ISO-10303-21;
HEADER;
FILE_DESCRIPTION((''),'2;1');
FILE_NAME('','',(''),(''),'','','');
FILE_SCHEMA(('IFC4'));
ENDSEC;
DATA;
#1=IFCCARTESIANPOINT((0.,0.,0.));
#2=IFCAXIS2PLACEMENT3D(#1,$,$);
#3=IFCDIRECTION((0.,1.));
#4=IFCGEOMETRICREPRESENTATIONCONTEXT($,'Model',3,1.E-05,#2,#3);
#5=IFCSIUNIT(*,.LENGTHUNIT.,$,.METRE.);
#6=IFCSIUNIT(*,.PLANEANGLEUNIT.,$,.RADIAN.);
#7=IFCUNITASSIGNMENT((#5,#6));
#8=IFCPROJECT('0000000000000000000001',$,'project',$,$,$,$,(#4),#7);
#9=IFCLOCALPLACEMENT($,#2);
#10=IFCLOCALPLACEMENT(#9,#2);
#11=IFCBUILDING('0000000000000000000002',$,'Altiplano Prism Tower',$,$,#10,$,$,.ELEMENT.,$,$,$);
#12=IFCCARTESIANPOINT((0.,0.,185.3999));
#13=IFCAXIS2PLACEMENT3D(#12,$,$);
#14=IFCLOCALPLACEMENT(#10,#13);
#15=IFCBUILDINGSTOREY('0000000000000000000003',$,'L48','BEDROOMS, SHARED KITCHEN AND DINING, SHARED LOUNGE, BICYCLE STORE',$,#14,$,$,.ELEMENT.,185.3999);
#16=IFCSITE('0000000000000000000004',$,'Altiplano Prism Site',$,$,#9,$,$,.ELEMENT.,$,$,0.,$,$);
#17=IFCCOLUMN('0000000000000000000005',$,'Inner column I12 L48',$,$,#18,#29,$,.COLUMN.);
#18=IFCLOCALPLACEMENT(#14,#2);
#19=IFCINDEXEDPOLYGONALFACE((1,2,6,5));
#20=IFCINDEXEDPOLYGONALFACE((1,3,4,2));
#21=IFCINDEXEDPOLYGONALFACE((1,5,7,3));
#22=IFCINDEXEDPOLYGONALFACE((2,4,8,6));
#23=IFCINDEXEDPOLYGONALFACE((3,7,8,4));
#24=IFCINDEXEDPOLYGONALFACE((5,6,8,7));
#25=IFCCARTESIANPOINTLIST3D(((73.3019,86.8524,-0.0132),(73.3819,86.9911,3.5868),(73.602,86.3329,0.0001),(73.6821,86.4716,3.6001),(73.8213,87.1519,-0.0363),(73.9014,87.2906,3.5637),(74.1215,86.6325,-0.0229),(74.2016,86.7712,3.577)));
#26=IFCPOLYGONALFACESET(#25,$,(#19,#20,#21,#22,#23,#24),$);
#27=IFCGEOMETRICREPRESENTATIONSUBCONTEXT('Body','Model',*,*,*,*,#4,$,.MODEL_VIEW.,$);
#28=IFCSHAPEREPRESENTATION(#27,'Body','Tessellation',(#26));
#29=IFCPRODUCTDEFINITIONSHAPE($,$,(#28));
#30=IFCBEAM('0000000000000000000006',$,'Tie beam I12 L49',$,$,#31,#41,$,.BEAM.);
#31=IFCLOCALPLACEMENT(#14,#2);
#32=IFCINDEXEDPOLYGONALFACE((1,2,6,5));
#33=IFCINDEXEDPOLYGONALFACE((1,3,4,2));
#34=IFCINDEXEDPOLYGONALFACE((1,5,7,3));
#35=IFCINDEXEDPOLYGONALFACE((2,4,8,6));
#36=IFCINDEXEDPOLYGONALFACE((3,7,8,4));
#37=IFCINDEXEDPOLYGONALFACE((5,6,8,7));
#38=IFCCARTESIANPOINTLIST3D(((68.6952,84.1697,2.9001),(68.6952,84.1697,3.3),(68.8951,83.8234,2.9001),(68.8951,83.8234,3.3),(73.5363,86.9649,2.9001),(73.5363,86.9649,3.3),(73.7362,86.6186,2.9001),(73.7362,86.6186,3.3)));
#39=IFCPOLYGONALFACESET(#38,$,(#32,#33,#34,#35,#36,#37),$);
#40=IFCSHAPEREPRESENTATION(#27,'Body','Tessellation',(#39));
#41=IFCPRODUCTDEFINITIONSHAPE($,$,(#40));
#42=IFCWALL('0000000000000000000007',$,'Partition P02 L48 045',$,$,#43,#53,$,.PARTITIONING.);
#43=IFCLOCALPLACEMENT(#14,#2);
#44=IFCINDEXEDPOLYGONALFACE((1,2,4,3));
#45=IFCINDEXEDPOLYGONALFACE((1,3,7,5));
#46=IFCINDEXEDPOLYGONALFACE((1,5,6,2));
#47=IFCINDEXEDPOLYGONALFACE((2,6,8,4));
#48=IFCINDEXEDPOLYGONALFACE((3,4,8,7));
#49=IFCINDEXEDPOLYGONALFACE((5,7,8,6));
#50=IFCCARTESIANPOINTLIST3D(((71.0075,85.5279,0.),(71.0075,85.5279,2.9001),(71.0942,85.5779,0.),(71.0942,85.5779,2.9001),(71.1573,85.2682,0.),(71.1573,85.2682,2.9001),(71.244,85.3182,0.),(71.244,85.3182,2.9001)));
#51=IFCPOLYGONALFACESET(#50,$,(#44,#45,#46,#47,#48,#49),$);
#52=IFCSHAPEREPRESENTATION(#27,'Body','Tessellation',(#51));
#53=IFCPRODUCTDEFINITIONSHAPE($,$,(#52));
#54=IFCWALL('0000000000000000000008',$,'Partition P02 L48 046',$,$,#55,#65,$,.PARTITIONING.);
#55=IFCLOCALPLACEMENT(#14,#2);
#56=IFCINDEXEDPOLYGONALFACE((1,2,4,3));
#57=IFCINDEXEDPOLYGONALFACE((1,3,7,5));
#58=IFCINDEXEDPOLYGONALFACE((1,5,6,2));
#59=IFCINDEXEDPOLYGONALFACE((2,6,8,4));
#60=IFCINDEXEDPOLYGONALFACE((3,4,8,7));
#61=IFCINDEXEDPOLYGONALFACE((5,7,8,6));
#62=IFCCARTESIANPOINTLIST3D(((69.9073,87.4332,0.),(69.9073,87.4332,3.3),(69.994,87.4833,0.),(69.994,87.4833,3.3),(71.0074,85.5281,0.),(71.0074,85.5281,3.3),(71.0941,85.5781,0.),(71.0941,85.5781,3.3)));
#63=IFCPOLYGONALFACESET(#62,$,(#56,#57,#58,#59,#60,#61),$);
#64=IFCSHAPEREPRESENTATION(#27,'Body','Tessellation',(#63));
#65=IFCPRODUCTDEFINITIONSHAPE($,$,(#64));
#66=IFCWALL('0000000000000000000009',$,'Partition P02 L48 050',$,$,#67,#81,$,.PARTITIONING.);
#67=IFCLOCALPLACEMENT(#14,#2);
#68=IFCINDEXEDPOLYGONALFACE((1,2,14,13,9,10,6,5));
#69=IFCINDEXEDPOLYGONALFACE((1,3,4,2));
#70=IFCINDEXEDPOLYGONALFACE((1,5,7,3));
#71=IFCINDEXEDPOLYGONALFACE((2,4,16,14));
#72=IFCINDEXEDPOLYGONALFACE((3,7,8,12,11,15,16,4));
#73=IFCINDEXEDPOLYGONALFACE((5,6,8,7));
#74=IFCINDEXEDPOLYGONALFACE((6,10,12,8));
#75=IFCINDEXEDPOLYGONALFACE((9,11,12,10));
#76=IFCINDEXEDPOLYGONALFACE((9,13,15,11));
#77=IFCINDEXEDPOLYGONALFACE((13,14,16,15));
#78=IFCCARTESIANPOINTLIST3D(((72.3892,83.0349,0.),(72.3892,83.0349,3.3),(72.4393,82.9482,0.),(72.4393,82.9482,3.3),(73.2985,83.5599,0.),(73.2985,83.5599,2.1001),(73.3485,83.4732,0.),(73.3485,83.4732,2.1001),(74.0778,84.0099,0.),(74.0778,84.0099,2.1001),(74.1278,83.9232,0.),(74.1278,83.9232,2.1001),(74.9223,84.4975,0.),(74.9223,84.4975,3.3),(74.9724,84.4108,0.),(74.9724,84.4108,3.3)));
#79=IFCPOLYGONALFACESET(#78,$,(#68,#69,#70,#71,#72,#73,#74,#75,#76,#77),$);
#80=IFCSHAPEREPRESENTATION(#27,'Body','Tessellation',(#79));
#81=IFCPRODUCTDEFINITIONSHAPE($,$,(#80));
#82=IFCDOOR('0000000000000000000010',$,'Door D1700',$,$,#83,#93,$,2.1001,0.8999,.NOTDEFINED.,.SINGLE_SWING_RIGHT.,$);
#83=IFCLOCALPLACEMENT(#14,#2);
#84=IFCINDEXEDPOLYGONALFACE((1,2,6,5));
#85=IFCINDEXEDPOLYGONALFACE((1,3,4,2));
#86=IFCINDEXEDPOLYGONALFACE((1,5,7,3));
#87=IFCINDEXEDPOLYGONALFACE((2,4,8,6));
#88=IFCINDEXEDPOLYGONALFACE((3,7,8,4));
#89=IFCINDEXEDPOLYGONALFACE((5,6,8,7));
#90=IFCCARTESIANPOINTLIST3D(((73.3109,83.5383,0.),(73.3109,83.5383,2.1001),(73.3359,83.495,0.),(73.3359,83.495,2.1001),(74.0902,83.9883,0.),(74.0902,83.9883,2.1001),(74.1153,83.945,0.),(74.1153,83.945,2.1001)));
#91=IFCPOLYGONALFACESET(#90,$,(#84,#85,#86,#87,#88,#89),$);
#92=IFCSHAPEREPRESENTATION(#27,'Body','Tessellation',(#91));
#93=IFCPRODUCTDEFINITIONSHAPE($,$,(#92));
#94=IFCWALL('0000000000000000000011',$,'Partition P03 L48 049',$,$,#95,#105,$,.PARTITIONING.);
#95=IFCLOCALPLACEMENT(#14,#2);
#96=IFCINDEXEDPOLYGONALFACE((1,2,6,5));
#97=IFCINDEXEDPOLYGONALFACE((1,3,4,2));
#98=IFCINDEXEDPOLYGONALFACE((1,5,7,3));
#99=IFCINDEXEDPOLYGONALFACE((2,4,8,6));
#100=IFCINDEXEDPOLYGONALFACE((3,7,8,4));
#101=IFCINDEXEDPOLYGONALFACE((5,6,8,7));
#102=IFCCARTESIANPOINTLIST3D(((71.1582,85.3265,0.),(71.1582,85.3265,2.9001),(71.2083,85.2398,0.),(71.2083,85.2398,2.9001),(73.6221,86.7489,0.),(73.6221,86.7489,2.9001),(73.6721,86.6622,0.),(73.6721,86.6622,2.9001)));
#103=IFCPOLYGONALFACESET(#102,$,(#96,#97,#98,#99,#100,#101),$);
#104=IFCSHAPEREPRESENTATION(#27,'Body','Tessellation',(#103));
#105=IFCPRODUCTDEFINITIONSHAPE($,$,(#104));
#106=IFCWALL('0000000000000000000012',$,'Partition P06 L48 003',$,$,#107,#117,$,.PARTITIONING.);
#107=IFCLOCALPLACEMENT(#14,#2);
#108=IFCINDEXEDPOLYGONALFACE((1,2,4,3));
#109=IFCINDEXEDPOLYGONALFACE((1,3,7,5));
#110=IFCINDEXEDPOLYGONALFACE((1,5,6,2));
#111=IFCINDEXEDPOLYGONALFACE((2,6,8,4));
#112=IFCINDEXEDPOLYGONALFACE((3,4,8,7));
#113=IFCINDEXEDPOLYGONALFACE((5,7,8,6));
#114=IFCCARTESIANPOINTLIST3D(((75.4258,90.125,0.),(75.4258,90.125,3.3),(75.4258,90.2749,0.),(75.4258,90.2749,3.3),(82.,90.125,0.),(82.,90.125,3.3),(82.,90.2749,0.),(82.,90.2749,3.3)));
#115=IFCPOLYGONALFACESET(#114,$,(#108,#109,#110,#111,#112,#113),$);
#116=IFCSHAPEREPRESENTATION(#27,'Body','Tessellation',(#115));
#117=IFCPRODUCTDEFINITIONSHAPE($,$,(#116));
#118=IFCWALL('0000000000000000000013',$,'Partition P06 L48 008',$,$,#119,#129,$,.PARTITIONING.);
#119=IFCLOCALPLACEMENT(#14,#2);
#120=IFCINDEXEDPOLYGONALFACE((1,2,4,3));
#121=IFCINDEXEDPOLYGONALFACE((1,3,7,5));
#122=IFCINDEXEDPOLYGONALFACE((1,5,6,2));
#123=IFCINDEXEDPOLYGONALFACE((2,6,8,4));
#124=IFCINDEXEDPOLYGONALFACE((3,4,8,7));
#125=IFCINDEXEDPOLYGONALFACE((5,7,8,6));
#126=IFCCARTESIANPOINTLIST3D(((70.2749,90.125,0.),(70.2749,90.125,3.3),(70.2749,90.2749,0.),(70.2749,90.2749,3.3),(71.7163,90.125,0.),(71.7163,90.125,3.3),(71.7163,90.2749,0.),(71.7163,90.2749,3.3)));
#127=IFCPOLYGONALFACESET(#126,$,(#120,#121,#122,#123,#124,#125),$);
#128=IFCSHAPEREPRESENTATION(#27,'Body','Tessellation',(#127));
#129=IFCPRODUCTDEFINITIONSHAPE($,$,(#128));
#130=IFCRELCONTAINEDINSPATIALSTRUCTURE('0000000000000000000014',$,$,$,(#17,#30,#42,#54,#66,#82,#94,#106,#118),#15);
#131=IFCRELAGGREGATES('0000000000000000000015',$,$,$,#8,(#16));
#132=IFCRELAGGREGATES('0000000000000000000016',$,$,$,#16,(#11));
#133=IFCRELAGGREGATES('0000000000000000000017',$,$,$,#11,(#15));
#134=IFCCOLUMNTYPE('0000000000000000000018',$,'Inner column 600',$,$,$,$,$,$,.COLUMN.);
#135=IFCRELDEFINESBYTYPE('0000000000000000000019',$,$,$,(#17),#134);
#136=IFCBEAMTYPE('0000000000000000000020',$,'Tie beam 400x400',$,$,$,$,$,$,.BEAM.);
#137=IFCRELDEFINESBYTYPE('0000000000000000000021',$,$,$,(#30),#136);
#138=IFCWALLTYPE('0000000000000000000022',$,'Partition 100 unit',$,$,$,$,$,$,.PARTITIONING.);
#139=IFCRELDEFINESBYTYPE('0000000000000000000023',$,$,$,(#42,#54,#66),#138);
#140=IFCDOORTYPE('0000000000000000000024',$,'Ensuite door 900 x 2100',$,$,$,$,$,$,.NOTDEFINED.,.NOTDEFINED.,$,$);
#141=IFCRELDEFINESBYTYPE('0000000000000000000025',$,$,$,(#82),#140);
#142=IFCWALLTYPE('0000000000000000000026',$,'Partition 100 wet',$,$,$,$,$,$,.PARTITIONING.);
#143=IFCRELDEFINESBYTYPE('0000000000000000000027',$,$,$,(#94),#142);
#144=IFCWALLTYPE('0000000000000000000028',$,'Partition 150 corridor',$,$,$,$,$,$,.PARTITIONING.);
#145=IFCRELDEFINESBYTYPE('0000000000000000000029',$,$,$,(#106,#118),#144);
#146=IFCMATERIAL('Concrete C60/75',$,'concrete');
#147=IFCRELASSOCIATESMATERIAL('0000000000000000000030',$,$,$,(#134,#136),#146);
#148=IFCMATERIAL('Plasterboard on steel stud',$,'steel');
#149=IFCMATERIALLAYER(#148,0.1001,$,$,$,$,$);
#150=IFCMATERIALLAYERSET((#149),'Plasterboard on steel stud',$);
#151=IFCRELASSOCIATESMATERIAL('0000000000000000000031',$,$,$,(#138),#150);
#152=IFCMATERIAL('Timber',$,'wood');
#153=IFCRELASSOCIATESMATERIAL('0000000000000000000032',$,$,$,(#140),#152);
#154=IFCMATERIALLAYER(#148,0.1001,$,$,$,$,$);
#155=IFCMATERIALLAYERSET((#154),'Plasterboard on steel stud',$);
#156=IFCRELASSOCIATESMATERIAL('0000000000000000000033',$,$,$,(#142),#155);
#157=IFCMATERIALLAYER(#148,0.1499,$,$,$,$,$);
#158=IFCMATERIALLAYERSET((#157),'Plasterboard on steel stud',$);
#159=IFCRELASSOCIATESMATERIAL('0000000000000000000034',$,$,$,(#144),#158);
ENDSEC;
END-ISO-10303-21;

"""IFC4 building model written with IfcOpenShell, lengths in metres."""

from ifc_helpers import new_model, si_unit, direction, frame, frame_2d, origin, origin_2d, place, context, subcontext, project, spatial, rectangle, extrude, material, layer, layer_set, material_profile, profile_set, type_object, element, fill, save


model = new_model("IFC4")

# Units and contexts
model_context = context("Model", 3, precision=1e-05, world=origin(), true_north=direction((0.0, 1.0)))
body_context = subcontext(model_context, "Body", "Model", "MODEL_VIEW")
ifc_project = project(units=[si_unit("LENGTHUNIT", "METRE"), si_unit("PLANEANGLEUNIT", "RADIAN")], contexts=[model_context])

# Site, building, storey
site_placement = place(None, origin())
site = spatial("IfcSite", under=ifc_project, at=site_placement, Name="Altiplano Prism Site", CompositionType="ELEMENT", RefElevation=0.0)
building_placement = place(site_placement, origin())
building = spatial("IfcBuilding", under=site, at=building_placement, Name="Altiplano Prism Tower", CompositionType="ELEMENT")
storey_placement = place(building_placement, frame((0.0, 0.0, 185.3999)))
storey = spatial("IfcBuildingStorey", under=building, at=storey_placement, Name="L48", Description="BEDROOMS, SHARED KITCHEN AND DINING, SHARED LOUNGE, BICYCLE STORE", CompositionType="ELEMENT", Elevation=185.3999)

# Column
ifc_material_1 = material(Name="Concrete C60/75", Category="concrete")
ifc_material_profile_1 = material_profile(ifc_material_1, rectangle(XDim=0.6001, YDim=0.6001, at=origin_2d()), Name="Inner column 600")
ifc_profile_set_1 = profile_set([ifc_material_profile_1], Name="Concrete C60/75")
column_type = type_object("IfcColumnType", Name="Inner column 600", PredefinedType="COLUMN", material=ifc_profile_set_1)
column_placement = place(storey_placement, frame((73.7117, 86.7424, -0.0181), z_axis=(0.022223, 0.038483, 0.999012), x_axis=(-0.865642, -0.499182, 0.038485)))
element("IfcColumn", 1, at=column_placement, inside=storey, type_object=column_type, Name="Inner column I12 L48", PredefinedType="COLUMN", context=body_context, shape_type="SweptSolid", body=[
    extrude(rectangle(XDim=0.6001, YDim=0.6001, at=origin_2d()), origin(), (0.0, 0.0, 1.0), 3.6035),
])

# Beam
ifc_material_profile_2 = material_profile(ifc_material_1, rectangle(XDim=0.3999, YDim=0.3999, at=origin_2d()), Name="Tie beam 400x400")
ifc_profile_set_2 = profile_set([ifc_material_profile_2], Name="Concrete C60/75")
beam_type = type_object("IfcBeamType", Name="Tie beam 400x400", PredefinedType="BEAM", material=ifc_profile_set_2)
beam_placement = place(storey_placement, frame((73.6362, 86.7917, 3.1001), z_axis=(-0.866012, -0.500024, 0.0), x_axis=(0.500024, -0.866012, 0.0)))
element("IfcBeam", 2, at=beam_placement, inside=storey, type_object=beam_type, Name="Tie beam I12 L49", PredefinedType="BEAM", context=body_context, shape_type="SweptSolid", body=[
    extrude(rectangle(XDim=0.3999, YDim=0.3999, at=origin_2d()), origin(), (0.0, 0.0, 1.0), 5.5901),
])

# Walls
ifc_material_2 = material(Name="Plasterboard on steel stud", Category="steel")
ifc_layer_1 = layer(ifc_material_2, 0.1001)
ifc_layer_set_1 = layer_set([ifc_layer_1], Name="Plasterboard on steel stud")
wall_type_1 = type_object("IfcWallType", Name="Partition 100 unit", PredefinedType="PARTITIONING", material=ifc_layer_set_1)
wall_1_placement = place(storey_placement, frame((71.2007, 85.2932, 0.0), z_axis=(0.0, 0.0, 1.0), x_axis=(-0.499816, 0.866131, 0.0)))
element("IfcWall", 3, at=wall_1_placement, inside=storey, type_object=wall_type_1, Name="Partition P02 L48 045", PredefinedType="PARTITIONING", context=body_context, shape_type="SweptSolid", body=[
    extrude(rectangle(XDim=0.2998, YDim=0.1001, at=frame_2d((0.1499, 0.0))), origin(), (0.0, 0.0, 1.0), 2.9001),
])
wall_2_placement = place(storey_placement, frame((71.0508, 85.553, 0.0), z_axis=(0.0, 0.0, 1.0), x_axis=(-0.50003, 0.866008, 0.0)))
element("IfcWall", 4, at=wall_2_placement, inside=storey, type_object=wall_type_1, Name="Partition P02 L48 046", PredefinedType="PARTITIONING", context=body_context, shape_type="SweptSolid", body=[
    extrude(rectangle(XDim=2.2, YDim=0.1001, at=frame_2d((1.1001, 0.0))), origin(), (0.0, 0.0, 1.0), 3.3),
])

# Wall, opening, door
wall_3_placement = place(storey_placement, frame((74.9473, 84.4541, 0.0), z_axis=(0.0, 0.0, 1.0), x_axis=(-0.86601, -0.500026, 0.0)))
wall_3 = element("IfcWall", 5, at=wall_3_placement, inside=storey, type_object=wall_type_1, Name="Partition P02 L48 050", PredefinedType="PARTITIONING", context=body_context, shape_type="SweptSolid", body=[
    extrude(rectangle(XDim=2.925, YDim=0.1001, at=frame_2d((1.4624, 0.0))), origin(), (0.0, 0.0, 1.0), 3.3),
])
opening_1_placement = place(wall_3_placement, frame((0.9751, 0.0, 0.0)))
opening_1 = element("IfcOpeningElement", 6, at=opening_1_placement, cuts=wall_3, PredefinedType="OPENING", context=body_context, shape_type="SweptSolid", body=[
    extrude(rectangle(XDim=0.8999, YDim=2.1001, at=frame_2d((0.45, 1.05))), frame((0.0, 0.0605, 0.0), z_axis=(0.0, -1.0, 0.0), x_axis=(1.0, 0.0, 0.0)), (0.0, 0.0, 1.0), 0.1211),
])
ifc_material_3 = material(Name="Timber", Category="wood")
door_type_1 = type_object("IfcDoorType", Name="Ensuite door 900 x 2100", OperationType="NOTDEFINED", PredefinedType="NOTDEFINED", material=ifc_material_3)
door_1_placement = place(opening_1_placement, origin())
door_1 = element("IfcDoor", 7, at=door_1_placement, inside=storey, type_object=door_type_1, Name="Door D1700", OperationType="SINGLE_SWING_RIGHT", OverallHeight=2.1001, OverallWidth=0.8999, PredefinedType="NOTDEFINED", context=body_context, shape_type="SweptSolid", body=[
    extrude(rectangle(XDim=0.8999, YDim=2.1001, at=frame_2d((0.45, 1.05))), frame((0.0, 0.0249, 0.0), z_axis=(0.0, -1.0, 0.0), x_axis=(1.0, 0.0, 0.0)), (0.0, 0.0, 1.0), 0.05),
])
fill(opening_1, door_1)

# Walls
ifc_layer_2 = layer(ifc_material_2, 0.1001)
ifc_layer_set_2 = layer_set([ifc_layer_2], Name="Plasterboard on steel stud")
wall_type_2 = type_object("IfcWallType", Name="Partition 100 wet", PredefinedType="PARTITIONING", material=ifc_layer_set_2)
wall_4_placement = place(storey_placement, frame((71.1833, 85.2832, 0.0), z_axis=(0.0, 0.0, 1.0), x_axis=(0.866048, 0.49996, 0.0)))
element("IfcWall", 8, at=wall_4_placement, inside=storey, type_object=wall_type_2, Name="Partition P03 L48 049", PredefinedType="PARTITIONING", context=body_context, shape_type="SweptSolid", body=[
    extrude(rectangle(XDim=2.845, YDim=0.1001, at=frame_2d((1.4224, 0.0))), origin(), (0.0, 0.0, 1.0), 2.9001),
])
ifc_layer_3 = layer(ifc_material_2, 0.1499)
ifc_layer_set_3 = layer_set([ifc_layer_3], Name="Plasterboard on steel stud")
wall_type_3 = type_object("IfcWallType", Name="Partition 150 corridor", PredefinedType="PARTITIONING", material=ifc_layer_set_3)
wall_5_placement = place(storey_placement, frame((75.4258, 90.2, 0.0), z_axis=(0.0, 0.0, 1.0), x_axis=(1.0, 0.0, 0.0)))
element("IfcWall", 9, at=wall_5_placement, inside=storey, type_object=wall_type_3, Name="Partition P06 L48 003", PredefinedType="PARTITIONING", context=body_context, shape_type="SweptSolid", body=[
    extrude(rectangle(XDim=6.5742, YDim=0.1499, at=frame_2d((3.2871, 0.0))), origin(), (0.0, 0.0, 1.0), 3.3),
])
wall_6_placement = place(storey_placement, frame((70.2749, 90.2, 0.0), z_axis=(0.0, 0.0, 1.0), x_axis=(1.0, 0.0, 0.0)))
element("IfcWall", 10, at=wall_6_placement, inside=storey, type_object=wall_type_3, Name="Partition P06 L48 008", PredefinedType="PARTITIONING", context=body_context, shape_type="SweptSolid", body=[
    extrude(rectangle(XDim=1.4414, YDim=0.1499, at=frame_2d((0.7207, 0.0))), origin(), (0.0, 0.0, 1.0), 3.3),
])

save(model, "model.ifc")
